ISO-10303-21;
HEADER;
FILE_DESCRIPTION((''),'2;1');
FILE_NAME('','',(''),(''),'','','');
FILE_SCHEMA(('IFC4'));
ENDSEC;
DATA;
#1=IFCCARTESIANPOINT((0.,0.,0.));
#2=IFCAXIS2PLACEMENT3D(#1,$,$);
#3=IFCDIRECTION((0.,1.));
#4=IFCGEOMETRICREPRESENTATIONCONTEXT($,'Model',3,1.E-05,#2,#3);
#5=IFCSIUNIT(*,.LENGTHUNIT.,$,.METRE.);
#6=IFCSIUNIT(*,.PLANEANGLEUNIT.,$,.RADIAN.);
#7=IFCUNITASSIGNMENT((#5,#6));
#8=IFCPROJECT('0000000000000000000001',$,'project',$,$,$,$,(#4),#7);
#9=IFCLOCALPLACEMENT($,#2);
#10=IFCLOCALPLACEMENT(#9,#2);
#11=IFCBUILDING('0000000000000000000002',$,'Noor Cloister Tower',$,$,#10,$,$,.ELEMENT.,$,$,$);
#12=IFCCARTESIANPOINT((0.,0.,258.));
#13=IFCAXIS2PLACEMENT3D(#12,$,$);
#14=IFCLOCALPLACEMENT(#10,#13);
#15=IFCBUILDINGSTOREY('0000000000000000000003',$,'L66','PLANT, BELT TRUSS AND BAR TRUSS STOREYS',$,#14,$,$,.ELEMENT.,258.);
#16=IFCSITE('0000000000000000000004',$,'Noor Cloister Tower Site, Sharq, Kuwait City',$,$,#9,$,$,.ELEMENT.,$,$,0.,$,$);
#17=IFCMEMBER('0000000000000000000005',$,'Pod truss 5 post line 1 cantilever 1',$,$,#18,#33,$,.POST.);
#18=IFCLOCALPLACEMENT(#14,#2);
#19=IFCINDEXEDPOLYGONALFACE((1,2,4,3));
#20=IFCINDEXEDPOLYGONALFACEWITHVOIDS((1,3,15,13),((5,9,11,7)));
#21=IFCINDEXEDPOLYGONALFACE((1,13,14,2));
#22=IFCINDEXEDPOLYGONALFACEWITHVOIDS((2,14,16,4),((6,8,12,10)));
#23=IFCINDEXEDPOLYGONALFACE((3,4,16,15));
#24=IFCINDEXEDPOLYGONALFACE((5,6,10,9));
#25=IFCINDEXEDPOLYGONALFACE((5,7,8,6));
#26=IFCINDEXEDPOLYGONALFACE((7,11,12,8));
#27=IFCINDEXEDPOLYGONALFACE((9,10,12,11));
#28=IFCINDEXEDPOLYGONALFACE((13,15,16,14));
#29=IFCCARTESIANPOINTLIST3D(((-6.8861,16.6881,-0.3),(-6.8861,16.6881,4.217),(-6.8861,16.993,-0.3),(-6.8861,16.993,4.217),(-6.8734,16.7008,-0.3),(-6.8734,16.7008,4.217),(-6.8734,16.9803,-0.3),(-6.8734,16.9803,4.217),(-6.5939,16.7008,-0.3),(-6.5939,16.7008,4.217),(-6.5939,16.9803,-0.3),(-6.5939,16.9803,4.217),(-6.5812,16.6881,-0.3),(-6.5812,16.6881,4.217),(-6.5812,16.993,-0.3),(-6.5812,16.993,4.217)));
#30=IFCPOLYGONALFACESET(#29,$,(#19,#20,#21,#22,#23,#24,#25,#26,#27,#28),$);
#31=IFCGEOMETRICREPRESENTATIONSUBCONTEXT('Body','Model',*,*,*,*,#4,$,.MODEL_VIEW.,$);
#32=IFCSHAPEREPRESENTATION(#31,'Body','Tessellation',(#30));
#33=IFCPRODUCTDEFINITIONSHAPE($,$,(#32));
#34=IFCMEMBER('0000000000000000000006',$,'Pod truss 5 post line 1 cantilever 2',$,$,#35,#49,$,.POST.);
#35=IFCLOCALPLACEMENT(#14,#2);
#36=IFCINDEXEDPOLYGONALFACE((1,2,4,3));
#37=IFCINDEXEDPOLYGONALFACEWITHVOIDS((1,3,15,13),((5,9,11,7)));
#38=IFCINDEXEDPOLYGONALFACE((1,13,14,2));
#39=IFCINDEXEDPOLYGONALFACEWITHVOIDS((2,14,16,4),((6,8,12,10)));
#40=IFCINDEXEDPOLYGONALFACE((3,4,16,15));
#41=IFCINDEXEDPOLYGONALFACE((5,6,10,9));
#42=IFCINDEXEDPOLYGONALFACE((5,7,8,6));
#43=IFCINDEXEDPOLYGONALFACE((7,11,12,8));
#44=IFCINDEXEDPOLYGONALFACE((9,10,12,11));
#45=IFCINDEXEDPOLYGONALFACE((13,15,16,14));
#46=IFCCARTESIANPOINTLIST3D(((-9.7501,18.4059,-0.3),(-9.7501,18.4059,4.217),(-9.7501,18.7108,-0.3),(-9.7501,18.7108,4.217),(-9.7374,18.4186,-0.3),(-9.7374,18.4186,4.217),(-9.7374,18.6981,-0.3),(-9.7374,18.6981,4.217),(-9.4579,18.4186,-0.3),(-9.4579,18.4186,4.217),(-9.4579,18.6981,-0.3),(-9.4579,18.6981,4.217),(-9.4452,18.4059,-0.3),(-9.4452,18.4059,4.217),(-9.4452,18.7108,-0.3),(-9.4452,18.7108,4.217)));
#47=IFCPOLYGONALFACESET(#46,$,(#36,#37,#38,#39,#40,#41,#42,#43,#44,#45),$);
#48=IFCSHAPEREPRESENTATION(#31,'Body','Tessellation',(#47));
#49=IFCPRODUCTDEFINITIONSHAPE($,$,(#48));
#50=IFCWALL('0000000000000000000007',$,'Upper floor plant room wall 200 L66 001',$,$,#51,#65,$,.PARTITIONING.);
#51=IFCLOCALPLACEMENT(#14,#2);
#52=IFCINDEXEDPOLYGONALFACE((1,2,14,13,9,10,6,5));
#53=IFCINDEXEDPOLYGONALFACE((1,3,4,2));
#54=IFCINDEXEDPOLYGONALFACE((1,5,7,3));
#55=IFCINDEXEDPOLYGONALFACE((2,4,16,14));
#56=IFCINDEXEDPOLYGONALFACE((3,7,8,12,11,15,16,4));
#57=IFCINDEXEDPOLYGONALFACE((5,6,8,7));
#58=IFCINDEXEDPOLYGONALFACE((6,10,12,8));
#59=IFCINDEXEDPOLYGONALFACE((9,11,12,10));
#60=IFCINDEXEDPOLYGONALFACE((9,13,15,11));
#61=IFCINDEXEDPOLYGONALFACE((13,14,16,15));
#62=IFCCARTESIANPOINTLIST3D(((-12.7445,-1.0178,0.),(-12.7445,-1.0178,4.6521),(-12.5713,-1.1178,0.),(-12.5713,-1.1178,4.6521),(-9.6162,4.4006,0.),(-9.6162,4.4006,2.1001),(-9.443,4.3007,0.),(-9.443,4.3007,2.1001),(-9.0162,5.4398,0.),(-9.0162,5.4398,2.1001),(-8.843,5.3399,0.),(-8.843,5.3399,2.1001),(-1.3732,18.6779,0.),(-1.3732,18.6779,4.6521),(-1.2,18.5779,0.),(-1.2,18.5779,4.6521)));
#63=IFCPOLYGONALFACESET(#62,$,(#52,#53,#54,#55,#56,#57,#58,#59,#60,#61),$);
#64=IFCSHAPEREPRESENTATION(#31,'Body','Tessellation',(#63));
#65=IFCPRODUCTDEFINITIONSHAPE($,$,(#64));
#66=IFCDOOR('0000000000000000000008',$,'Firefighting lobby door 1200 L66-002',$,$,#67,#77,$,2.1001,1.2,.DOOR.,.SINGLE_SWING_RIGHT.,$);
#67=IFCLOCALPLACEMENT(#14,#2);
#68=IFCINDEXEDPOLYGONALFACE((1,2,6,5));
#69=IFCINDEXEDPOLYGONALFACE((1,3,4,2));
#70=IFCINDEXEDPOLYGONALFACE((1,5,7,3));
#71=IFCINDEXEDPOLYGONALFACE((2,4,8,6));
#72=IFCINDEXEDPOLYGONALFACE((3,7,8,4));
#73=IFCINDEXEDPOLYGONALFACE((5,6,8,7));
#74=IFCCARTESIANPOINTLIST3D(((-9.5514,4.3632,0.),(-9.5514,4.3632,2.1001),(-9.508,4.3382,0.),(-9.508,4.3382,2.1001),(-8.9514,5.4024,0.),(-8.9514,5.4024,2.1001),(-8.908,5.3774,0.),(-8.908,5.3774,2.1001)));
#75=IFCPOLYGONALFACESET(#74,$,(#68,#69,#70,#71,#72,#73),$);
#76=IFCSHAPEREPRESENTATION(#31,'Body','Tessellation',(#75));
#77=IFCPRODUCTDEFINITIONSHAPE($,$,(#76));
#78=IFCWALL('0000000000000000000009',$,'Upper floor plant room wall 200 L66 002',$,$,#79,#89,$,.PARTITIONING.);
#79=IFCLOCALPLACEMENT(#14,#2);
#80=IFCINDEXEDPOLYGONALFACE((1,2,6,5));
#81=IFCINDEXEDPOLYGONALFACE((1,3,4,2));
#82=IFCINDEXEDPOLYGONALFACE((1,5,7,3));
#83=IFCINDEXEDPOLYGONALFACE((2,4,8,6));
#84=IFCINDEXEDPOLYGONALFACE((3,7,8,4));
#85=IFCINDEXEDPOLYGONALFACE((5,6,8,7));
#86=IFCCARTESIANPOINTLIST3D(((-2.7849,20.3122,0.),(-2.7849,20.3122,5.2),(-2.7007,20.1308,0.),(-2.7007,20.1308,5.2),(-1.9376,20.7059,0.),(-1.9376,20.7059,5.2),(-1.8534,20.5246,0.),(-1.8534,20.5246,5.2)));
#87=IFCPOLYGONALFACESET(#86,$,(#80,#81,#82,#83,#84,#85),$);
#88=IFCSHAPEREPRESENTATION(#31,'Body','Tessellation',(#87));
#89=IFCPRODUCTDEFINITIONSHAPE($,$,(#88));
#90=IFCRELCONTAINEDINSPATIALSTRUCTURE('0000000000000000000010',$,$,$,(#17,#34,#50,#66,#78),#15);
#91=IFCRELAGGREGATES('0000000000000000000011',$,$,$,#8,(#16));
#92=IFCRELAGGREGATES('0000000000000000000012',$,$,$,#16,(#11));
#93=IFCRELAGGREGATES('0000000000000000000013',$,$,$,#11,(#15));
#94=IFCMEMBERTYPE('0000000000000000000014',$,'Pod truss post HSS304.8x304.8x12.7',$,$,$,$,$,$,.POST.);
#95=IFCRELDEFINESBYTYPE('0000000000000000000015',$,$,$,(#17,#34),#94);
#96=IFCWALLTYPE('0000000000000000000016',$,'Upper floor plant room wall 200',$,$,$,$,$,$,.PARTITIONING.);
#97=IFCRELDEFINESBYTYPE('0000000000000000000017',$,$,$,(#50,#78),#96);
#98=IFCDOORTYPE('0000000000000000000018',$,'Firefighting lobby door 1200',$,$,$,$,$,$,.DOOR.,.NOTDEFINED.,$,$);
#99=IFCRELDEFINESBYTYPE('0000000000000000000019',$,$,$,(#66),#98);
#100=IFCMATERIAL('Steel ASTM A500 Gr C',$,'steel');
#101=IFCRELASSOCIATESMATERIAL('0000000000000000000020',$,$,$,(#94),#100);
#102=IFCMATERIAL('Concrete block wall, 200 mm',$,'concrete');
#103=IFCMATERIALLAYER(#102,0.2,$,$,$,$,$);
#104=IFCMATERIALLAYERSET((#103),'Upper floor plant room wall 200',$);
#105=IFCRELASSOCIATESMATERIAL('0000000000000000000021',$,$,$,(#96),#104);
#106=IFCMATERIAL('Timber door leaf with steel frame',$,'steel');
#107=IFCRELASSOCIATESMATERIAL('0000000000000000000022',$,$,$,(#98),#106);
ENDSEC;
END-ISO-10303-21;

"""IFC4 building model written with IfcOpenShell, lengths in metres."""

from ifc_helpers import new_model, si_unit, direction, frame, frame_2d, origin, origin_2d, place, context, subcontext, project, spatial, rectangle, hollow_rectangle, extrude, material, layer, layer_set, material_profile, profile_set, type_object, element, fill, save


model = new_model("IFC4")

# Units and contexts
model_context = context("Model", 3, precision=1e-05, world=origin(), true_north=direction((0.0, 1.0)))
body_context = subcontext(model_context, "Body", "Model", "MODEL_VIEW")
ifc_project = project(units=[si_unit("LENGTHUNIT", "METRE"), si_unit("PLANEANGLEUNIT", "RADIAN")], contexts=[model_context])

# Site, building, storey
site_placement = place(None, origin())
site = spatial("IfcSite", under=ifc_project, at=site_placement, Name="Noor Cloister Tower Site, Sharq, Kuwait City", CompositionType="ELEMENT", RefElevation=0.0)
building_placement = place(site_placement, origin())
building = spatial("IfcBuilding", under=site, at=building_placement, Name="Noor Cloister Tower", CompositionType="ELEMENT")
storey_placement = place(building_placement, frame((0.0, 0.0, 258.0)))
storey = spatial("IfcBuildingStorey", under=building, at=storey_placement, Name="L66", Description="PLANT, BELT TRUSS AND BAR TRUSS STOREYS", CompositionType="ELEMENT", Elevation=258.0)

# Members
ifc_material_1 = material(Name="Steel ASTM A500 Gr C", Category="steel")
ifc_material_profile_1 = material_profile(ifc_material_1, hollow_rectangle(XDim=0.3049, YDim=0.3049, WallThickness=0.0127, at=origin_2d()), Name="HSS304.8x304.8x12.7")
ifc_profile_set_1 = profile_set([ifc_material_profile_1], Name="Steel ASTM A500 Gr C")
member_type_1 = type_object("IfcMemberType", Name="Pod truss post HSS304.8x304.8x12.7", PredefinedType="POST", material=ifc_profile_set_1)
for number, where, z_axis, x_axis, name in (
    (1, (-6.7336, 16.8406, -0.3), (0.0, 0.0, 1.0), (1.0, 0.0, 0.0), "Pod truss 5 post line 1 cantilever 1"),
    (2, (-9.5977, 18.5583, -0.3), (0.0, 0.0, 1.0), (1.0, 0.0, 0.0), "Pod truss 5 post line 1 cantilever 2"),
):
    element("IfcMember", number, at=place(storey_placement, frame(where, z_axis=z_axis, x_axis=x_axis)), inside=storey, type_object=member_type_1, Name=name, PredefinedType="POST", context=body_context, shape_type="SweptSolid", body=[
        extrude(hollow_rectangle(XDim=0.3049, YDim=0.3049, WallThickness=0.0127, at=origin_2d()), origin(), (0.0, 0.0, 1.0), 4.5171),
    ])

# Wall, opening, door
ifc_material_2 = material(Name="Concrete block wall, 200 mm", Category="concrete")
ifc_layer = layer(ifc_material_2, 0.2)
ifc_layer_set = layer_set([ifc_layer], Name="Upper floor plant room wall 200")
wall_type = type_object("IfcWallType", Name="Upper floor plant room wall 200", PredefinedType="PARTITIONING", material=ifc_layer_set)
wall_1_placement = place(storey_placement, frame((-1.2866, 18.6279, 0.0), z_axis=(0.0, 0.0, 1.0), x_axis=(-0.499999, -0.866026, 0.0)))
wall_1 = element("IfcWall", 3, at=wall_1_placement, inside=storey, type_object=wall_type, Name="Upper floor plant room wall 200 L66 001", PredefinedType="PARTITIONING", context=body_context, shape_type="SweptSolid", body=[
    extrude(rectangle(XDim=22.7427, YDim=0.2, at=frame_2d((11.3713, 0.0))), origin(), (0.0, 0.0, 1.0), 4.6521),
])
opening_placement = place(wall_1_placement, frame((15.2859, 0.0, 0.0)))
opening = element("IfcOpeningElement", 4, at=opening_placement, cuts=wall_1, PredefinedType="OPENING", context=body_context, shape_type="SweptSolid", body=[
    extrude(rectangle(XDim=1.2, YDim=2.1001, at=frame_2d((0.6001, 1.05))), frame((0.0, 0.1099, 0.0), z_axis=(0.0, -1.0, 0.0), x_axis=(1.0, 0.0, 0.0)), (0.0, 0.0, 1.0), 0.22),
])
ifc_material_3 = material(Name="Timber door leaf with steel frame", Category="steel")
door_type = type_object("IfcDoorType", Name="Firefighting lobby door 1200", OperationType="NOTDEFINED", PredefinedType="DOOR", material=ifc_material_3)
door_placement = place(opening_placement, origin())
door = element("IfcDoor", 5, at=door_placement, inside=storey, type_object=door_type, Name="Firefighting lobby door 1200 L66-002", OperationType="SINGLE_SWING_RIGHT", OverallHeight=2.1001, OverallWidth=1.2, PredefinedType="DOOR", context=body_context, shape_type="SweptSolid", body=[
    extrude(rectangle(XDim=1.2, YDim=2.1001, at=frame_2d((0.6001, 1.05))), frame((0.0, 0.0249, 0.0), z_axis=(0.0, -1.0, 0.0), x_axis=(1.0, 0.0, 0.0)), (0.0, 0.0, 1.0), 0.05),
])
fill(opening, door)

# Wall
wall_2_placement = place(storey_placement, frame((-2.7429, 20.2214, 0.0), z_axis=(0.0, 0.0, 1.0), x_axis=(0.906863, 0.421426, 0.0)))
element("IfcWall", 6, at=wall_2_placement, inside=storey, type_object=wall_type, Name="Upper floor plant room wall 200 L66 002", PredefinedType="PARTITIONING", context=body_context, shape_type="SweptSolid", body=[
    extrude(rectangle(XDim=0.9343, YDim=0.2, at=frame_2d((0.4673, 0.0))), origin(), (0.0, 0.0, 1.0), 5.2),
])

save(model, "model.ifc")
